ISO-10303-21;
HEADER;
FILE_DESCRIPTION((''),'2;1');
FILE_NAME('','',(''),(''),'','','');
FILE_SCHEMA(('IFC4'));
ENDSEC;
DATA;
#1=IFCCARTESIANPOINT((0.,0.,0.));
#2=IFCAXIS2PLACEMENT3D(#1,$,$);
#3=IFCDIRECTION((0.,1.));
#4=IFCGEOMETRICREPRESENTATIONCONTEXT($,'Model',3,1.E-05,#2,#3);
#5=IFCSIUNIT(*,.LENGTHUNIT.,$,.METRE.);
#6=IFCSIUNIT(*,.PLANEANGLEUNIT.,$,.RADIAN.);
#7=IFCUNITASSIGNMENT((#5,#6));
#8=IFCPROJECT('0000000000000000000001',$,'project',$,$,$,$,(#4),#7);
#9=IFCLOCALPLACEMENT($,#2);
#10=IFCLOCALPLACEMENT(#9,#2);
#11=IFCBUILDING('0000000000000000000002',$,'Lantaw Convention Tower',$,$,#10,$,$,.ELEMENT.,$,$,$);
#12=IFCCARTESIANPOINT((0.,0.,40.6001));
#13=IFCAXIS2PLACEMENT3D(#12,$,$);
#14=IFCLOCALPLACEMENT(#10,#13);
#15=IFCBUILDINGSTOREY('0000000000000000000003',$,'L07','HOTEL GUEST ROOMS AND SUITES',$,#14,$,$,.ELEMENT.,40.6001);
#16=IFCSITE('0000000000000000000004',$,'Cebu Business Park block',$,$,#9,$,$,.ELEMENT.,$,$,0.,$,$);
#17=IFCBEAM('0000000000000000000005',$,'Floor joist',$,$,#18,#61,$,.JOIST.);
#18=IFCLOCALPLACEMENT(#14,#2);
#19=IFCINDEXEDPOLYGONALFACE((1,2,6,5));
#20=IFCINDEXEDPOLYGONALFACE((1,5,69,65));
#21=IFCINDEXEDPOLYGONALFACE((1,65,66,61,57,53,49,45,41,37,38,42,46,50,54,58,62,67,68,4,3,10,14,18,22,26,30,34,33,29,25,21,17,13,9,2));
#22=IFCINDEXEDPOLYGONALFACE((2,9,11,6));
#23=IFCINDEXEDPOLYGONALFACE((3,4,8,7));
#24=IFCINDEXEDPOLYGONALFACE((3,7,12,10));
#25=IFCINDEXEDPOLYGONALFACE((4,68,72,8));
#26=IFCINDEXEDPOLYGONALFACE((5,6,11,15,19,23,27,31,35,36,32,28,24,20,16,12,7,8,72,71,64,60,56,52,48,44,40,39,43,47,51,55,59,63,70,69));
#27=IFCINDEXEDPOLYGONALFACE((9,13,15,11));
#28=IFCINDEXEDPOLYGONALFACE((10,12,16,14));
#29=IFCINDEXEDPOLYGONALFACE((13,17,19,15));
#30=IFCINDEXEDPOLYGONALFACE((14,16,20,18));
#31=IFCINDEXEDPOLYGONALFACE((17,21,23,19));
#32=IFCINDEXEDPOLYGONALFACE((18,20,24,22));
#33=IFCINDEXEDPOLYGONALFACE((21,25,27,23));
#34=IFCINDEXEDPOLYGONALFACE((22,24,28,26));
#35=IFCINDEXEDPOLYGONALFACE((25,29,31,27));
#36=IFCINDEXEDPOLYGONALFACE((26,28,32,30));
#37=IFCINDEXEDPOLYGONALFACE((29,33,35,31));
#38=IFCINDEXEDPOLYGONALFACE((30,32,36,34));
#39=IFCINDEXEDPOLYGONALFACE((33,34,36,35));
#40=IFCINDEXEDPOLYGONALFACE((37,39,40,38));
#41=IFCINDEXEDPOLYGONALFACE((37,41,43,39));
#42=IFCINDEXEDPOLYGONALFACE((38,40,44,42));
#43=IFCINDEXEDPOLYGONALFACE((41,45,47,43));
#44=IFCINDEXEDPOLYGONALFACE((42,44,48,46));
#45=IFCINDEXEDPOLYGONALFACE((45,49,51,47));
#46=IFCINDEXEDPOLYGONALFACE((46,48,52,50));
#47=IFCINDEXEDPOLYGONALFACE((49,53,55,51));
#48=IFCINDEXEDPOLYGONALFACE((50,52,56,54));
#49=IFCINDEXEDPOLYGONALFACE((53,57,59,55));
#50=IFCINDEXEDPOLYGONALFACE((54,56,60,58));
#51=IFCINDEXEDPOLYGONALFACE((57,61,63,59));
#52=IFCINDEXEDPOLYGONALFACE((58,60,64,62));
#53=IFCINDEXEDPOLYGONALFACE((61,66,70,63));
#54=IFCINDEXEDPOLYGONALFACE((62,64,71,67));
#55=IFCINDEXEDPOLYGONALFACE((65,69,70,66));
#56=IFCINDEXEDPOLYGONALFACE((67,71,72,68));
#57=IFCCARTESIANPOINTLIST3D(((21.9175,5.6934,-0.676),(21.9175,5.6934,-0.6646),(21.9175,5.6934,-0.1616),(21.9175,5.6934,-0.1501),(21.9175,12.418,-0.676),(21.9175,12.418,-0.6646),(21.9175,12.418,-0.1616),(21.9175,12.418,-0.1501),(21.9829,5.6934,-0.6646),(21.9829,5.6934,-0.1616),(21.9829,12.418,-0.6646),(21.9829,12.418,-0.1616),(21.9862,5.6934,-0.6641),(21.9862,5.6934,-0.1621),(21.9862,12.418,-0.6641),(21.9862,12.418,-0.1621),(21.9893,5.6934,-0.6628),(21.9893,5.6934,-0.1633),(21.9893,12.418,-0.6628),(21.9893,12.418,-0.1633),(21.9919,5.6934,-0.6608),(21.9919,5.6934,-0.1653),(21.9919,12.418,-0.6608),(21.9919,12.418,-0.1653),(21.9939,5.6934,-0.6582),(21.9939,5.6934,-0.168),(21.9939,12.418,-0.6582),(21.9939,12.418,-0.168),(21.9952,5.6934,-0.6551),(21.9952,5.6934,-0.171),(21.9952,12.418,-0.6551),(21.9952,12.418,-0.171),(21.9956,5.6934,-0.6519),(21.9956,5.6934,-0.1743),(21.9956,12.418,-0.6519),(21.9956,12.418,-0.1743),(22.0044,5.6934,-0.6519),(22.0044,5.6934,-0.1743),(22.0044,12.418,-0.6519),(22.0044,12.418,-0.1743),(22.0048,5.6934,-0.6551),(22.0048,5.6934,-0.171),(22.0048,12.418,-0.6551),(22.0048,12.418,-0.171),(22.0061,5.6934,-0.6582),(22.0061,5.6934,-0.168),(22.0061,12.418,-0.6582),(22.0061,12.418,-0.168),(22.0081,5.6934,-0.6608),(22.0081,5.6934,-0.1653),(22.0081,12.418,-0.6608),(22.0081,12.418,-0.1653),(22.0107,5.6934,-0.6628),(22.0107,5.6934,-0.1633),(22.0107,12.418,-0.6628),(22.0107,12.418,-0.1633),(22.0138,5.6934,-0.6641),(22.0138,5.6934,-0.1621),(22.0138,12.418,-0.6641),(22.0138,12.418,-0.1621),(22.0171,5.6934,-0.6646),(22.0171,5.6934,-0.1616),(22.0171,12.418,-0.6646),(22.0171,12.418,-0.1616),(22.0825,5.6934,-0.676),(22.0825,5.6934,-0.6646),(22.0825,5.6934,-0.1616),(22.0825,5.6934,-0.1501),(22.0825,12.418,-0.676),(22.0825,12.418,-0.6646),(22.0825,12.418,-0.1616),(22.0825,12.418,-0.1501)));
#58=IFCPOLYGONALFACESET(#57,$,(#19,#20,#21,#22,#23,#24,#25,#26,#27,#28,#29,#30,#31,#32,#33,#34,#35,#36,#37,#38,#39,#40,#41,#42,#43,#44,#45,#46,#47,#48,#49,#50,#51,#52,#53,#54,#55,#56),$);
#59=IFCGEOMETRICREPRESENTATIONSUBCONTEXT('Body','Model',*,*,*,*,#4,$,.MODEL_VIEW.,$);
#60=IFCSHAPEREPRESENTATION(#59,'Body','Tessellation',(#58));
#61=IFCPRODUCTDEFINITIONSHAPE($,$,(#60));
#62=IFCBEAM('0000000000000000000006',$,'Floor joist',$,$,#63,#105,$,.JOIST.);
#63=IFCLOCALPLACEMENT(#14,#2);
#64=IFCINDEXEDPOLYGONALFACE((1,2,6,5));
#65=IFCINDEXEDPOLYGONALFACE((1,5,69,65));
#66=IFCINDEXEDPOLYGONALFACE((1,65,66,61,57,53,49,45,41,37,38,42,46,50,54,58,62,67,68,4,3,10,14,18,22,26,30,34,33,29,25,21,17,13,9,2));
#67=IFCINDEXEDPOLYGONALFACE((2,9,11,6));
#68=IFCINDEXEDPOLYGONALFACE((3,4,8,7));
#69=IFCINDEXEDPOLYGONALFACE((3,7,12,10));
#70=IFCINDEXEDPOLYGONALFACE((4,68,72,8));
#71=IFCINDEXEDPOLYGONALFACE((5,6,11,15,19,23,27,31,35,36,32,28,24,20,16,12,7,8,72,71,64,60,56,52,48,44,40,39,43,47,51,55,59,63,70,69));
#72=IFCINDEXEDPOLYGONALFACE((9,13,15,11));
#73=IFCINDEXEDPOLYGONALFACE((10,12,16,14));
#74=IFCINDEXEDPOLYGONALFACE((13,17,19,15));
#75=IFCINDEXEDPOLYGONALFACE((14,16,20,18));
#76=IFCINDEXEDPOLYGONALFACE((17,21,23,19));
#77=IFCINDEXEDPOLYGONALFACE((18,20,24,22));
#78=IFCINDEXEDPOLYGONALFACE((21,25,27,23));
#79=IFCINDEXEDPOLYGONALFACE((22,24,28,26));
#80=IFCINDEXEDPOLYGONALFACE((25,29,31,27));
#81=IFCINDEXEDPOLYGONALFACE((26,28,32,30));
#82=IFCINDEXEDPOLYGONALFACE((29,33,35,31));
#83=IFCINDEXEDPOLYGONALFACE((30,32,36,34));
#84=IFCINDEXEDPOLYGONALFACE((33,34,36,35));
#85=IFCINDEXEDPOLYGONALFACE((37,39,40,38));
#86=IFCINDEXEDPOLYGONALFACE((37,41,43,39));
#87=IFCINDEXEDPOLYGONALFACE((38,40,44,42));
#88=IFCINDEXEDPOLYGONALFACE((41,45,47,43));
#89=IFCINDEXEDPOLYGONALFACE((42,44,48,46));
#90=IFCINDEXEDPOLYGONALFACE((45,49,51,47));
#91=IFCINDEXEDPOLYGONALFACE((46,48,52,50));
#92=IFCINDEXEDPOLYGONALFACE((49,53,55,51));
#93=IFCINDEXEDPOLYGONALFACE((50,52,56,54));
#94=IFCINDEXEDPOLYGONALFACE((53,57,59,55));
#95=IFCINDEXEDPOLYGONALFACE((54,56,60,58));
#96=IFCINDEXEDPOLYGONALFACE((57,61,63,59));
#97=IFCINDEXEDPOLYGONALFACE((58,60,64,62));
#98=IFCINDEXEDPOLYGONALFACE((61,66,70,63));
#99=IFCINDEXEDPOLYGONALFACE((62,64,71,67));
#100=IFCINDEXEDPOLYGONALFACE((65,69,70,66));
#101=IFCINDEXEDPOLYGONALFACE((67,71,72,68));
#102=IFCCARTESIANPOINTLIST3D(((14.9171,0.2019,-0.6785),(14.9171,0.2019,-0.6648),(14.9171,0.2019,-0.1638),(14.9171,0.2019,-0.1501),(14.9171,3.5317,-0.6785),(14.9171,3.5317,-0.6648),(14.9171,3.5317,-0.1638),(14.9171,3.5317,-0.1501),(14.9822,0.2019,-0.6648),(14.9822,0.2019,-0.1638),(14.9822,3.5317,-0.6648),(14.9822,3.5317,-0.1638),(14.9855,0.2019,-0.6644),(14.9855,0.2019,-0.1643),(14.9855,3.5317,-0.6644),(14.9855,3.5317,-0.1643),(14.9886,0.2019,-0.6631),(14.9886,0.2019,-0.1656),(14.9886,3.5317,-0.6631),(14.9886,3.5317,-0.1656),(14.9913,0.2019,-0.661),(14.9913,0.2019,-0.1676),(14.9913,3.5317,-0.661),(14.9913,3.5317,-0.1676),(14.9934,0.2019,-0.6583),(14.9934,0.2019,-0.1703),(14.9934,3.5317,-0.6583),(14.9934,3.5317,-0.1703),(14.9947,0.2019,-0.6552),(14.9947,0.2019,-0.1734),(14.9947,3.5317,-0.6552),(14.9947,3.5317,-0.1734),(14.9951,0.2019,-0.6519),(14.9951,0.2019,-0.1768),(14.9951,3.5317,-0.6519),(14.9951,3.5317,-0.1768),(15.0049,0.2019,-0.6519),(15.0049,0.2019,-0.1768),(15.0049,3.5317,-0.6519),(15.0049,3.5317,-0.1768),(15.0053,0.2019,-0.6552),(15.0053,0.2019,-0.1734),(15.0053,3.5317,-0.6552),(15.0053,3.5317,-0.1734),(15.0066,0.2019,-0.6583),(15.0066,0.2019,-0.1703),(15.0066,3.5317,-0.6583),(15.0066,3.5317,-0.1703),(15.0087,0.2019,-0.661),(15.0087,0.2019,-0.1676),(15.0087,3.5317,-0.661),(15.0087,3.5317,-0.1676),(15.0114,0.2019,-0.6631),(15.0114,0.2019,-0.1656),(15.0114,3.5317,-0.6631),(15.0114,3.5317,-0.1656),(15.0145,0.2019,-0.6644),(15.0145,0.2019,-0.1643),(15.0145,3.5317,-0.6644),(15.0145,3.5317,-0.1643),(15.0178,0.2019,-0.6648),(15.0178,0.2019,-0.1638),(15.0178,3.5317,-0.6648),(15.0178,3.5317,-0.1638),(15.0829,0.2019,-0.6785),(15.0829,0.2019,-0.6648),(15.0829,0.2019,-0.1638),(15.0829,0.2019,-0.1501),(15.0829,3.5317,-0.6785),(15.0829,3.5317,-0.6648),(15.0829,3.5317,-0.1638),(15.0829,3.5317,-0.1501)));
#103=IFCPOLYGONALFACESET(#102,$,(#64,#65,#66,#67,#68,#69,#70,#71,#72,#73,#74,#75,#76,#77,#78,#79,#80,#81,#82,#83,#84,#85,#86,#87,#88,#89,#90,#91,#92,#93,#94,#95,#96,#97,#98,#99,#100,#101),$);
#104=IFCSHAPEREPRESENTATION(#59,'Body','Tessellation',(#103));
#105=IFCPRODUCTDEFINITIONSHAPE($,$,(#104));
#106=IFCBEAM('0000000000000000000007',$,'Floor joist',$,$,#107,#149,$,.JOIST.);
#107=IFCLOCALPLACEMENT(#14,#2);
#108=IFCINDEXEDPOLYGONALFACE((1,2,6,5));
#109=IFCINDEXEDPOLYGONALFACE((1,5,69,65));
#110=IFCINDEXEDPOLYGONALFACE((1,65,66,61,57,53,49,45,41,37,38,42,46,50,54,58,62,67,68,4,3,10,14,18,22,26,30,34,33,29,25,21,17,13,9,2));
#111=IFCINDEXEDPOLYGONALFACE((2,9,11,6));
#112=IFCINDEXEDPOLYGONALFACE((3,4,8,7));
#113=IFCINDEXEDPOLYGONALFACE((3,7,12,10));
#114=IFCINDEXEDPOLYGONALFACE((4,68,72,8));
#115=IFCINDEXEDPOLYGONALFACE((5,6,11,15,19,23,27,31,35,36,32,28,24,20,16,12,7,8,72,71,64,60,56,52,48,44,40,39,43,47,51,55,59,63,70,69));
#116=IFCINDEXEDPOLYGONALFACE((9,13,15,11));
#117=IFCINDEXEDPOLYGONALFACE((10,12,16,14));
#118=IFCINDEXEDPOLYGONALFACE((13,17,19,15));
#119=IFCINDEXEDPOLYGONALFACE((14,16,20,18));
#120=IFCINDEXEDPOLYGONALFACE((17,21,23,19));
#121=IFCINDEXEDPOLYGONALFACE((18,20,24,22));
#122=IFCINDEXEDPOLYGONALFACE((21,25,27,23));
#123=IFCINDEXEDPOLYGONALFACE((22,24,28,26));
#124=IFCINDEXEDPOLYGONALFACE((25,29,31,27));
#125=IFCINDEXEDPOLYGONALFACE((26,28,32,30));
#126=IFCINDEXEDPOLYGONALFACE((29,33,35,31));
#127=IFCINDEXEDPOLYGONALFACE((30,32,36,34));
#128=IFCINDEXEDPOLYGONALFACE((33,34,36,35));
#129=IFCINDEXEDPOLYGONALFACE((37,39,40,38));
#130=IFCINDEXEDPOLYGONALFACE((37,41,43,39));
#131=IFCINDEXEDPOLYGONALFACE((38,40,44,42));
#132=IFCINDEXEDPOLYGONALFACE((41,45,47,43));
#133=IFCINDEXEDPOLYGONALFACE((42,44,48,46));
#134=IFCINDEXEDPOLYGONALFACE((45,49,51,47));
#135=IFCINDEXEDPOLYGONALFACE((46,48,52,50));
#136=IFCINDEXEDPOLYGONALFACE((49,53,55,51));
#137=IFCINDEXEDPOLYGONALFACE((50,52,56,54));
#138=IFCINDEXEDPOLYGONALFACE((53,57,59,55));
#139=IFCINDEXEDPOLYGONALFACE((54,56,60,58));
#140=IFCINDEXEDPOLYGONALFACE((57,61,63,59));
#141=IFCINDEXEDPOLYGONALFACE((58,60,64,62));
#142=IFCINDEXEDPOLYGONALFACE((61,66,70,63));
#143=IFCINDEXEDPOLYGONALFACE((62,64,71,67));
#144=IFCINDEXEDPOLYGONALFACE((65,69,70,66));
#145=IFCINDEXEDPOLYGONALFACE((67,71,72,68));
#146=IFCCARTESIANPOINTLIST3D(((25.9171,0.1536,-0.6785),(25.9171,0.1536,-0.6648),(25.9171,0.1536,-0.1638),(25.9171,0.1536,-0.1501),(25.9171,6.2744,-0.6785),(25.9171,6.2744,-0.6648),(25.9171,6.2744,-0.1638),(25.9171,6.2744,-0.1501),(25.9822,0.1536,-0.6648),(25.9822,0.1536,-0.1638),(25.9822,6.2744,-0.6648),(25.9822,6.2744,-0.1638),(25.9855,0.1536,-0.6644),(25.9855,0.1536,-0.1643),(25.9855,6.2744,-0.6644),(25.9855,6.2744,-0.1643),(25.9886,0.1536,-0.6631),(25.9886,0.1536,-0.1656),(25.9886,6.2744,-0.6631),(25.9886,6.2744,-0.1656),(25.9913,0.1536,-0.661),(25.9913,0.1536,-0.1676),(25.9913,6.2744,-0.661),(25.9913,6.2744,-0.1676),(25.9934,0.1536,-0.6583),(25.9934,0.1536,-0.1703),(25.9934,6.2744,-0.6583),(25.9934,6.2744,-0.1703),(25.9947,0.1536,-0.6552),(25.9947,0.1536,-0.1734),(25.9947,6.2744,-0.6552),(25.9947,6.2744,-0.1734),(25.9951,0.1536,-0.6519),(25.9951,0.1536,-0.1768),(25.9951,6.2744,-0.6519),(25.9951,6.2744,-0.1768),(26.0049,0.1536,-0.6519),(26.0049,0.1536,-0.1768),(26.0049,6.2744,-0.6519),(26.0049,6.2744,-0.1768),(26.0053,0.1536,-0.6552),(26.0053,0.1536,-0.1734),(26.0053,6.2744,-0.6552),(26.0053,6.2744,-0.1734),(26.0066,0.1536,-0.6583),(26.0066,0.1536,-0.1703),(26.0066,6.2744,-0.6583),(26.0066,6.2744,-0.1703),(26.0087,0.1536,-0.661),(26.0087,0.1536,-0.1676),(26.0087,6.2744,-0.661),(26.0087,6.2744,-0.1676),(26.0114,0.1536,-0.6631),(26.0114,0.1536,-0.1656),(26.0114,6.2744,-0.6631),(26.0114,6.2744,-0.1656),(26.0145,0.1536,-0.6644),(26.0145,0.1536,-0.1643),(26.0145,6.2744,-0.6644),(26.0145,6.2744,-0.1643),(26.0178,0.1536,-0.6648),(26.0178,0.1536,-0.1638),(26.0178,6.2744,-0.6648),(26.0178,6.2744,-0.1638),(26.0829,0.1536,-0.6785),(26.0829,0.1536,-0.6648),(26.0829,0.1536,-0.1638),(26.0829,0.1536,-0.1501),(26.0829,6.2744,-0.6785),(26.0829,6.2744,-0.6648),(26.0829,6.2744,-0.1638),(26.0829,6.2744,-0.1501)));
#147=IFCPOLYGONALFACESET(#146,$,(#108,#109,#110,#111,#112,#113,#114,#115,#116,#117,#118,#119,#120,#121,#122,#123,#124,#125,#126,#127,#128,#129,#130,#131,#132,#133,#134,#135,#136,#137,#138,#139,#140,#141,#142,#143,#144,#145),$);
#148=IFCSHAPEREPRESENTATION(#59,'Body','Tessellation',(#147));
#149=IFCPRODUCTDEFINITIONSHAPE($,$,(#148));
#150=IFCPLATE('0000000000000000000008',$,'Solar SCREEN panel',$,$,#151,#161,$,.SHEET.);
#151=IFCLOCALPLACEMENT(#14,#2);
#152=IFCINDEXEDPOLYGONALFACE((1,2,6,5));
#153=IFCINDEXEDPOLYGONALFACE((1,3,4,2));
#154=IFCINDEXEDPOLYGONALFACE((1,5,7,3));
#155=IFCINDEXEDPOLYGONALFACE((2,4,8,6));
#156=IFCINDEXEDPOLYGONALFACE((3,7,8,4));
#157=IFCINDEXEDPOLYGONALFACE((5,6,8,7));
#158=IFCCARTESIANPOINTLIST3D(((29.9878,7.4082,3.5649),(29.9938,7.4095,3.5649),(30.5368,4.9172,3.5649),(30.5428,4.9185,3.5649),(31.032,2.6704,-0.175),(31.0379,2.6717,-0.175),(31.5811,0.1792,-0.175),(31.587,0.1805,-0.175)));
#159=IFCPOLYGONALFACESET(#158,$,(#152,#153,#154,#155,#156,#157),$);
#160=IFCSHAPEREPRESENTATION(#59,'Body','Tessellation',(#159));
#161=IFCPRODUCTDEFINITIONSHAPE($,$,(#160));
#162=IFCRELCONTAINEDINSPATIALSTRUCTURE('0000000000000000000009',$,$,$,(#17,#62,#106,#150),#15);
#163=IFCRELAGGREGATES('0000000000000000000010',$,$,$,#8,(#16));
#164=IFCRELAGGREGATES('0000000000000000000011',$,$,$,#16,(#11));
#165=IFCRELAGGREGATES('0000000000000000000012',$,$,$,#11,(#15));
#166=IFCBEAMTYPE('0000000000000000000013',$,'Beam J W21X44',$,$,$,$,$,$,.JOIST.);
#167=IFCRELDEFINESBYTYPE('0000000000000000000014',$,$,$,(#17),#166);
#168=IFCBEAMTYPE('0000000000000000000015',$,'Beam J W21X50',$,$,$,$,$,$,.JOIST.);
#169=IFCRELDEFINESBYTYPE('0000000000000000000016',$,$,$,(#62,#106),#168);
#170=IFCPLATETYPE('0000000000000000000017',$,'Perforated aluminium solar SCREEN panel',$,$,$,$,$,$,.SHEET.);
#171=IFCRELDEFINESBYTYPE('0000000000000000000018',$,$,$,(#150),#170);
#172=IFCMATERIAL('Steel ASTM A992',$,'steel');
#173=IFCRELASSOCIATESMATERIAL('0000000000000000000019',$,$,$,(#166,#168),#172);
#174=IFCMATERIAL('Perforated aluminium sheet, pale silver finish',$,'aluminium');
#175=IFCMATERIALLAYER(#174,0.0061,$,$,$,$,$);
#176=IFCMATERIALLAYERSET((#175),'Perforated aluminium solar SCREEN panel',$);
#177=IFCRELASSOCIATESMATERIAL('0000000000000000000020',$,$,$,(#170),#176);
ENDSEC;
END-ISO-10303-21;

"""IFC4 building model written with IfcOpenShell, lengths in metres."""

from ifc_helpers import new_model, si_unit, direction, frame, origin, origin_2d, place, context, subcontext, project, spatial, polyline, i_section, outline, extrude, material, layer, layer_set, material_profile, profile_set, type_object, element, save


model = new_model("IFC4")

# Units and contexts
model_context = context("Model", 3, precision=1e-05, world=origin(), true_north=direction((0.0, 1.0)))
body_context = subcontext(model_context, "Body", "Model", "MODEL_VIEW")
ifc_project = project(units=[si_unit("LENGTHUNIT", "METRE"), si_unit("PLANEANGLEUNIT", "RADIAN")], contexts=[model_context])

# Site, building, storey
site_placement = place(None, origin())
site = spatial("IfcSite", under=ifc_project, at=site_placement, Name="Cebu Business Park block", CompositionType="ELEMENT", RefElevation=0.0)
building_placement = place(site_placement, origin())
building = spatial("IfcBuilding", under=site, at=building_placement, Name="Lantaw Convention Tower", CompositionType="ELEMENT")
storey_placement = place(building_placement, frame((0.0, 0.0, 40.6001)))
storey = spatial("IfcBuildingStorey", under=building, at=storey_placement, Name="L07", Description="HOTEL GUEST ROOMS AND SUITES", CompositionType="ELEMENT", Elevation=40.6001)

# Beams
ifc_material_1 = material(Name="Steel ASTM A992", Category="steel")
ifc_material_profile_1 = material_profile(ifc_material_1, i_section(OverallWidth=0.165, OverallDepth=0.5259, WebThickness=0.0088, FlangeThickness=0.0115, FilletRadius=0.0127, at=origin_2d()), Name="W21X44")
ifc_profile_set_1 = profile_set([ifc_material_profile_1], Name="Steel ASTM A992")
beam_type_1 = type_object("IfcBeamType", Name="Beam J W21X44", PredefinedType="JOIST", material=ifc_profile_set_1)
beam_1_placement = place(storey_placement, frame((22.0, 5.6934, -0.4131), z_axis=(0.0, 1.0, 0.0), x_axis=(-1.0, 0.0, 0.0)))
element("IfcBeam", 1, at=beam_1_placement, inside=storey, type_object=beam_type_1, Name="Floor joist", PredefinedType="JOIST", context=body_context, shape_type="SweptSolid", body=[
    extrude(i_section(OverallWidth=0.165, OverallDepth=0.5259, WebThickness=0.0088, FlangeThickness=0.0115, FilletRadius=0.0127, at=origin_2d()), origin(), (0.0, 0.0, 1.0), 6.7246),
])
ifc_material_profile_2 = material_profile(ifc_material_1, i_section(OverallWidth=0.1658, OverallDepth=0.5283, WebThickness=0.0098, FlangeThickness=0.0137, FilletRadius=0.0129, at=origin_2d()), Name="W21X50")
ifc_profile_set_2 = profile_set([ifc_material_profile_2], Name="Steel ASTM A992")
beam_type_2 = type_object("IfcBeamType", Name="Beam J W21X50", PredefinedType="JOIST", material=ifc_profile_set_2)
beam_2_placement = place(storey_placement, frame((15.0, 0.2019, -0.4143), z_axis=(0.0, 1.0, 0.0), x_axis=(-1.0, 0.0, 0.0)))
element("IfcBeam", 2, at=beam_2_placement, inside=storey, type_object=beam_type_2, Name="Floor joist", PredefinedType="JOIST", context=body_context, shape_type="SweptSolid", body=[
    extrude(i_section(OverallWidth=0.1658, OverallDepth=0.5283, WebThickness=0.0098, FlangeThickness=0.0137, FilletRadius=0.0129, at=origin_2d()), origin(), (0.0, 0.0, 1.0), 3.3298),
])
beam_3_placement = place(storey_placement, frame((26.0, 0.1536, -0.4143), z_axis=(0.0, 1.0, 0.0), x_axis=(-1.0, 0.0, 0.0)))
element("IfcBeam", 3, at=beam_3_placement, inside=storey, type_object=beam_type_2, Name="Floor joist", PredefinedType="JOIST", context=body_context, shape_type="SweptSolid", body=[
    extrude(i_section(OverallWidth=0.1658, OverallDepth=0.5283, WebThickness=0.0098, FlangeThickness=0.0137, FilletRadius=0.0129, at=origin_2d()), origin(), (0.0, 0.0, 1.0), 6.1208),
])

# Plate
ifc_material_2 = material(Name="Perforated aluminium sheet, pale silver finish", Category="aluminium")
ifc_layer_1 = layer(ifc_material_2, 0.0061)
ifc_layer_set_1 = layer_set([ifc_layer_1], Name="Perforated aluminium solar SCREEN panel")
plate_type = type_object("IfcPlateType", Name="Perforated aluminium solar SCREEN panel", PredefinedType="SHEET", material=ifc_layer_set_1)
plate_placement = place(storey_placement, frame((31.5811, 0.1792, -0.175), z_axis=(-0.976559, -0.215248, 0.00003), x_axis=(-0.215248, 0.976559, 0.0)))
element("IfcPlate", 4, at=plate_placement, inside=storey, type_object=plate_type, Name="Solar SCREEN panel", PredefinedType="SHEET", context=body_context, shape_type="SweptSolid", body=[
    extrude(outline(polyline([(0.0, 0.0), (2.551, 0.0), (7.4025, -3.74), (4.8517, -3.74), (0.0, 0.0)])), origin(), (0.0, 0.0, -1.0), 0.0061),
])

save(model, "model.ifc")
